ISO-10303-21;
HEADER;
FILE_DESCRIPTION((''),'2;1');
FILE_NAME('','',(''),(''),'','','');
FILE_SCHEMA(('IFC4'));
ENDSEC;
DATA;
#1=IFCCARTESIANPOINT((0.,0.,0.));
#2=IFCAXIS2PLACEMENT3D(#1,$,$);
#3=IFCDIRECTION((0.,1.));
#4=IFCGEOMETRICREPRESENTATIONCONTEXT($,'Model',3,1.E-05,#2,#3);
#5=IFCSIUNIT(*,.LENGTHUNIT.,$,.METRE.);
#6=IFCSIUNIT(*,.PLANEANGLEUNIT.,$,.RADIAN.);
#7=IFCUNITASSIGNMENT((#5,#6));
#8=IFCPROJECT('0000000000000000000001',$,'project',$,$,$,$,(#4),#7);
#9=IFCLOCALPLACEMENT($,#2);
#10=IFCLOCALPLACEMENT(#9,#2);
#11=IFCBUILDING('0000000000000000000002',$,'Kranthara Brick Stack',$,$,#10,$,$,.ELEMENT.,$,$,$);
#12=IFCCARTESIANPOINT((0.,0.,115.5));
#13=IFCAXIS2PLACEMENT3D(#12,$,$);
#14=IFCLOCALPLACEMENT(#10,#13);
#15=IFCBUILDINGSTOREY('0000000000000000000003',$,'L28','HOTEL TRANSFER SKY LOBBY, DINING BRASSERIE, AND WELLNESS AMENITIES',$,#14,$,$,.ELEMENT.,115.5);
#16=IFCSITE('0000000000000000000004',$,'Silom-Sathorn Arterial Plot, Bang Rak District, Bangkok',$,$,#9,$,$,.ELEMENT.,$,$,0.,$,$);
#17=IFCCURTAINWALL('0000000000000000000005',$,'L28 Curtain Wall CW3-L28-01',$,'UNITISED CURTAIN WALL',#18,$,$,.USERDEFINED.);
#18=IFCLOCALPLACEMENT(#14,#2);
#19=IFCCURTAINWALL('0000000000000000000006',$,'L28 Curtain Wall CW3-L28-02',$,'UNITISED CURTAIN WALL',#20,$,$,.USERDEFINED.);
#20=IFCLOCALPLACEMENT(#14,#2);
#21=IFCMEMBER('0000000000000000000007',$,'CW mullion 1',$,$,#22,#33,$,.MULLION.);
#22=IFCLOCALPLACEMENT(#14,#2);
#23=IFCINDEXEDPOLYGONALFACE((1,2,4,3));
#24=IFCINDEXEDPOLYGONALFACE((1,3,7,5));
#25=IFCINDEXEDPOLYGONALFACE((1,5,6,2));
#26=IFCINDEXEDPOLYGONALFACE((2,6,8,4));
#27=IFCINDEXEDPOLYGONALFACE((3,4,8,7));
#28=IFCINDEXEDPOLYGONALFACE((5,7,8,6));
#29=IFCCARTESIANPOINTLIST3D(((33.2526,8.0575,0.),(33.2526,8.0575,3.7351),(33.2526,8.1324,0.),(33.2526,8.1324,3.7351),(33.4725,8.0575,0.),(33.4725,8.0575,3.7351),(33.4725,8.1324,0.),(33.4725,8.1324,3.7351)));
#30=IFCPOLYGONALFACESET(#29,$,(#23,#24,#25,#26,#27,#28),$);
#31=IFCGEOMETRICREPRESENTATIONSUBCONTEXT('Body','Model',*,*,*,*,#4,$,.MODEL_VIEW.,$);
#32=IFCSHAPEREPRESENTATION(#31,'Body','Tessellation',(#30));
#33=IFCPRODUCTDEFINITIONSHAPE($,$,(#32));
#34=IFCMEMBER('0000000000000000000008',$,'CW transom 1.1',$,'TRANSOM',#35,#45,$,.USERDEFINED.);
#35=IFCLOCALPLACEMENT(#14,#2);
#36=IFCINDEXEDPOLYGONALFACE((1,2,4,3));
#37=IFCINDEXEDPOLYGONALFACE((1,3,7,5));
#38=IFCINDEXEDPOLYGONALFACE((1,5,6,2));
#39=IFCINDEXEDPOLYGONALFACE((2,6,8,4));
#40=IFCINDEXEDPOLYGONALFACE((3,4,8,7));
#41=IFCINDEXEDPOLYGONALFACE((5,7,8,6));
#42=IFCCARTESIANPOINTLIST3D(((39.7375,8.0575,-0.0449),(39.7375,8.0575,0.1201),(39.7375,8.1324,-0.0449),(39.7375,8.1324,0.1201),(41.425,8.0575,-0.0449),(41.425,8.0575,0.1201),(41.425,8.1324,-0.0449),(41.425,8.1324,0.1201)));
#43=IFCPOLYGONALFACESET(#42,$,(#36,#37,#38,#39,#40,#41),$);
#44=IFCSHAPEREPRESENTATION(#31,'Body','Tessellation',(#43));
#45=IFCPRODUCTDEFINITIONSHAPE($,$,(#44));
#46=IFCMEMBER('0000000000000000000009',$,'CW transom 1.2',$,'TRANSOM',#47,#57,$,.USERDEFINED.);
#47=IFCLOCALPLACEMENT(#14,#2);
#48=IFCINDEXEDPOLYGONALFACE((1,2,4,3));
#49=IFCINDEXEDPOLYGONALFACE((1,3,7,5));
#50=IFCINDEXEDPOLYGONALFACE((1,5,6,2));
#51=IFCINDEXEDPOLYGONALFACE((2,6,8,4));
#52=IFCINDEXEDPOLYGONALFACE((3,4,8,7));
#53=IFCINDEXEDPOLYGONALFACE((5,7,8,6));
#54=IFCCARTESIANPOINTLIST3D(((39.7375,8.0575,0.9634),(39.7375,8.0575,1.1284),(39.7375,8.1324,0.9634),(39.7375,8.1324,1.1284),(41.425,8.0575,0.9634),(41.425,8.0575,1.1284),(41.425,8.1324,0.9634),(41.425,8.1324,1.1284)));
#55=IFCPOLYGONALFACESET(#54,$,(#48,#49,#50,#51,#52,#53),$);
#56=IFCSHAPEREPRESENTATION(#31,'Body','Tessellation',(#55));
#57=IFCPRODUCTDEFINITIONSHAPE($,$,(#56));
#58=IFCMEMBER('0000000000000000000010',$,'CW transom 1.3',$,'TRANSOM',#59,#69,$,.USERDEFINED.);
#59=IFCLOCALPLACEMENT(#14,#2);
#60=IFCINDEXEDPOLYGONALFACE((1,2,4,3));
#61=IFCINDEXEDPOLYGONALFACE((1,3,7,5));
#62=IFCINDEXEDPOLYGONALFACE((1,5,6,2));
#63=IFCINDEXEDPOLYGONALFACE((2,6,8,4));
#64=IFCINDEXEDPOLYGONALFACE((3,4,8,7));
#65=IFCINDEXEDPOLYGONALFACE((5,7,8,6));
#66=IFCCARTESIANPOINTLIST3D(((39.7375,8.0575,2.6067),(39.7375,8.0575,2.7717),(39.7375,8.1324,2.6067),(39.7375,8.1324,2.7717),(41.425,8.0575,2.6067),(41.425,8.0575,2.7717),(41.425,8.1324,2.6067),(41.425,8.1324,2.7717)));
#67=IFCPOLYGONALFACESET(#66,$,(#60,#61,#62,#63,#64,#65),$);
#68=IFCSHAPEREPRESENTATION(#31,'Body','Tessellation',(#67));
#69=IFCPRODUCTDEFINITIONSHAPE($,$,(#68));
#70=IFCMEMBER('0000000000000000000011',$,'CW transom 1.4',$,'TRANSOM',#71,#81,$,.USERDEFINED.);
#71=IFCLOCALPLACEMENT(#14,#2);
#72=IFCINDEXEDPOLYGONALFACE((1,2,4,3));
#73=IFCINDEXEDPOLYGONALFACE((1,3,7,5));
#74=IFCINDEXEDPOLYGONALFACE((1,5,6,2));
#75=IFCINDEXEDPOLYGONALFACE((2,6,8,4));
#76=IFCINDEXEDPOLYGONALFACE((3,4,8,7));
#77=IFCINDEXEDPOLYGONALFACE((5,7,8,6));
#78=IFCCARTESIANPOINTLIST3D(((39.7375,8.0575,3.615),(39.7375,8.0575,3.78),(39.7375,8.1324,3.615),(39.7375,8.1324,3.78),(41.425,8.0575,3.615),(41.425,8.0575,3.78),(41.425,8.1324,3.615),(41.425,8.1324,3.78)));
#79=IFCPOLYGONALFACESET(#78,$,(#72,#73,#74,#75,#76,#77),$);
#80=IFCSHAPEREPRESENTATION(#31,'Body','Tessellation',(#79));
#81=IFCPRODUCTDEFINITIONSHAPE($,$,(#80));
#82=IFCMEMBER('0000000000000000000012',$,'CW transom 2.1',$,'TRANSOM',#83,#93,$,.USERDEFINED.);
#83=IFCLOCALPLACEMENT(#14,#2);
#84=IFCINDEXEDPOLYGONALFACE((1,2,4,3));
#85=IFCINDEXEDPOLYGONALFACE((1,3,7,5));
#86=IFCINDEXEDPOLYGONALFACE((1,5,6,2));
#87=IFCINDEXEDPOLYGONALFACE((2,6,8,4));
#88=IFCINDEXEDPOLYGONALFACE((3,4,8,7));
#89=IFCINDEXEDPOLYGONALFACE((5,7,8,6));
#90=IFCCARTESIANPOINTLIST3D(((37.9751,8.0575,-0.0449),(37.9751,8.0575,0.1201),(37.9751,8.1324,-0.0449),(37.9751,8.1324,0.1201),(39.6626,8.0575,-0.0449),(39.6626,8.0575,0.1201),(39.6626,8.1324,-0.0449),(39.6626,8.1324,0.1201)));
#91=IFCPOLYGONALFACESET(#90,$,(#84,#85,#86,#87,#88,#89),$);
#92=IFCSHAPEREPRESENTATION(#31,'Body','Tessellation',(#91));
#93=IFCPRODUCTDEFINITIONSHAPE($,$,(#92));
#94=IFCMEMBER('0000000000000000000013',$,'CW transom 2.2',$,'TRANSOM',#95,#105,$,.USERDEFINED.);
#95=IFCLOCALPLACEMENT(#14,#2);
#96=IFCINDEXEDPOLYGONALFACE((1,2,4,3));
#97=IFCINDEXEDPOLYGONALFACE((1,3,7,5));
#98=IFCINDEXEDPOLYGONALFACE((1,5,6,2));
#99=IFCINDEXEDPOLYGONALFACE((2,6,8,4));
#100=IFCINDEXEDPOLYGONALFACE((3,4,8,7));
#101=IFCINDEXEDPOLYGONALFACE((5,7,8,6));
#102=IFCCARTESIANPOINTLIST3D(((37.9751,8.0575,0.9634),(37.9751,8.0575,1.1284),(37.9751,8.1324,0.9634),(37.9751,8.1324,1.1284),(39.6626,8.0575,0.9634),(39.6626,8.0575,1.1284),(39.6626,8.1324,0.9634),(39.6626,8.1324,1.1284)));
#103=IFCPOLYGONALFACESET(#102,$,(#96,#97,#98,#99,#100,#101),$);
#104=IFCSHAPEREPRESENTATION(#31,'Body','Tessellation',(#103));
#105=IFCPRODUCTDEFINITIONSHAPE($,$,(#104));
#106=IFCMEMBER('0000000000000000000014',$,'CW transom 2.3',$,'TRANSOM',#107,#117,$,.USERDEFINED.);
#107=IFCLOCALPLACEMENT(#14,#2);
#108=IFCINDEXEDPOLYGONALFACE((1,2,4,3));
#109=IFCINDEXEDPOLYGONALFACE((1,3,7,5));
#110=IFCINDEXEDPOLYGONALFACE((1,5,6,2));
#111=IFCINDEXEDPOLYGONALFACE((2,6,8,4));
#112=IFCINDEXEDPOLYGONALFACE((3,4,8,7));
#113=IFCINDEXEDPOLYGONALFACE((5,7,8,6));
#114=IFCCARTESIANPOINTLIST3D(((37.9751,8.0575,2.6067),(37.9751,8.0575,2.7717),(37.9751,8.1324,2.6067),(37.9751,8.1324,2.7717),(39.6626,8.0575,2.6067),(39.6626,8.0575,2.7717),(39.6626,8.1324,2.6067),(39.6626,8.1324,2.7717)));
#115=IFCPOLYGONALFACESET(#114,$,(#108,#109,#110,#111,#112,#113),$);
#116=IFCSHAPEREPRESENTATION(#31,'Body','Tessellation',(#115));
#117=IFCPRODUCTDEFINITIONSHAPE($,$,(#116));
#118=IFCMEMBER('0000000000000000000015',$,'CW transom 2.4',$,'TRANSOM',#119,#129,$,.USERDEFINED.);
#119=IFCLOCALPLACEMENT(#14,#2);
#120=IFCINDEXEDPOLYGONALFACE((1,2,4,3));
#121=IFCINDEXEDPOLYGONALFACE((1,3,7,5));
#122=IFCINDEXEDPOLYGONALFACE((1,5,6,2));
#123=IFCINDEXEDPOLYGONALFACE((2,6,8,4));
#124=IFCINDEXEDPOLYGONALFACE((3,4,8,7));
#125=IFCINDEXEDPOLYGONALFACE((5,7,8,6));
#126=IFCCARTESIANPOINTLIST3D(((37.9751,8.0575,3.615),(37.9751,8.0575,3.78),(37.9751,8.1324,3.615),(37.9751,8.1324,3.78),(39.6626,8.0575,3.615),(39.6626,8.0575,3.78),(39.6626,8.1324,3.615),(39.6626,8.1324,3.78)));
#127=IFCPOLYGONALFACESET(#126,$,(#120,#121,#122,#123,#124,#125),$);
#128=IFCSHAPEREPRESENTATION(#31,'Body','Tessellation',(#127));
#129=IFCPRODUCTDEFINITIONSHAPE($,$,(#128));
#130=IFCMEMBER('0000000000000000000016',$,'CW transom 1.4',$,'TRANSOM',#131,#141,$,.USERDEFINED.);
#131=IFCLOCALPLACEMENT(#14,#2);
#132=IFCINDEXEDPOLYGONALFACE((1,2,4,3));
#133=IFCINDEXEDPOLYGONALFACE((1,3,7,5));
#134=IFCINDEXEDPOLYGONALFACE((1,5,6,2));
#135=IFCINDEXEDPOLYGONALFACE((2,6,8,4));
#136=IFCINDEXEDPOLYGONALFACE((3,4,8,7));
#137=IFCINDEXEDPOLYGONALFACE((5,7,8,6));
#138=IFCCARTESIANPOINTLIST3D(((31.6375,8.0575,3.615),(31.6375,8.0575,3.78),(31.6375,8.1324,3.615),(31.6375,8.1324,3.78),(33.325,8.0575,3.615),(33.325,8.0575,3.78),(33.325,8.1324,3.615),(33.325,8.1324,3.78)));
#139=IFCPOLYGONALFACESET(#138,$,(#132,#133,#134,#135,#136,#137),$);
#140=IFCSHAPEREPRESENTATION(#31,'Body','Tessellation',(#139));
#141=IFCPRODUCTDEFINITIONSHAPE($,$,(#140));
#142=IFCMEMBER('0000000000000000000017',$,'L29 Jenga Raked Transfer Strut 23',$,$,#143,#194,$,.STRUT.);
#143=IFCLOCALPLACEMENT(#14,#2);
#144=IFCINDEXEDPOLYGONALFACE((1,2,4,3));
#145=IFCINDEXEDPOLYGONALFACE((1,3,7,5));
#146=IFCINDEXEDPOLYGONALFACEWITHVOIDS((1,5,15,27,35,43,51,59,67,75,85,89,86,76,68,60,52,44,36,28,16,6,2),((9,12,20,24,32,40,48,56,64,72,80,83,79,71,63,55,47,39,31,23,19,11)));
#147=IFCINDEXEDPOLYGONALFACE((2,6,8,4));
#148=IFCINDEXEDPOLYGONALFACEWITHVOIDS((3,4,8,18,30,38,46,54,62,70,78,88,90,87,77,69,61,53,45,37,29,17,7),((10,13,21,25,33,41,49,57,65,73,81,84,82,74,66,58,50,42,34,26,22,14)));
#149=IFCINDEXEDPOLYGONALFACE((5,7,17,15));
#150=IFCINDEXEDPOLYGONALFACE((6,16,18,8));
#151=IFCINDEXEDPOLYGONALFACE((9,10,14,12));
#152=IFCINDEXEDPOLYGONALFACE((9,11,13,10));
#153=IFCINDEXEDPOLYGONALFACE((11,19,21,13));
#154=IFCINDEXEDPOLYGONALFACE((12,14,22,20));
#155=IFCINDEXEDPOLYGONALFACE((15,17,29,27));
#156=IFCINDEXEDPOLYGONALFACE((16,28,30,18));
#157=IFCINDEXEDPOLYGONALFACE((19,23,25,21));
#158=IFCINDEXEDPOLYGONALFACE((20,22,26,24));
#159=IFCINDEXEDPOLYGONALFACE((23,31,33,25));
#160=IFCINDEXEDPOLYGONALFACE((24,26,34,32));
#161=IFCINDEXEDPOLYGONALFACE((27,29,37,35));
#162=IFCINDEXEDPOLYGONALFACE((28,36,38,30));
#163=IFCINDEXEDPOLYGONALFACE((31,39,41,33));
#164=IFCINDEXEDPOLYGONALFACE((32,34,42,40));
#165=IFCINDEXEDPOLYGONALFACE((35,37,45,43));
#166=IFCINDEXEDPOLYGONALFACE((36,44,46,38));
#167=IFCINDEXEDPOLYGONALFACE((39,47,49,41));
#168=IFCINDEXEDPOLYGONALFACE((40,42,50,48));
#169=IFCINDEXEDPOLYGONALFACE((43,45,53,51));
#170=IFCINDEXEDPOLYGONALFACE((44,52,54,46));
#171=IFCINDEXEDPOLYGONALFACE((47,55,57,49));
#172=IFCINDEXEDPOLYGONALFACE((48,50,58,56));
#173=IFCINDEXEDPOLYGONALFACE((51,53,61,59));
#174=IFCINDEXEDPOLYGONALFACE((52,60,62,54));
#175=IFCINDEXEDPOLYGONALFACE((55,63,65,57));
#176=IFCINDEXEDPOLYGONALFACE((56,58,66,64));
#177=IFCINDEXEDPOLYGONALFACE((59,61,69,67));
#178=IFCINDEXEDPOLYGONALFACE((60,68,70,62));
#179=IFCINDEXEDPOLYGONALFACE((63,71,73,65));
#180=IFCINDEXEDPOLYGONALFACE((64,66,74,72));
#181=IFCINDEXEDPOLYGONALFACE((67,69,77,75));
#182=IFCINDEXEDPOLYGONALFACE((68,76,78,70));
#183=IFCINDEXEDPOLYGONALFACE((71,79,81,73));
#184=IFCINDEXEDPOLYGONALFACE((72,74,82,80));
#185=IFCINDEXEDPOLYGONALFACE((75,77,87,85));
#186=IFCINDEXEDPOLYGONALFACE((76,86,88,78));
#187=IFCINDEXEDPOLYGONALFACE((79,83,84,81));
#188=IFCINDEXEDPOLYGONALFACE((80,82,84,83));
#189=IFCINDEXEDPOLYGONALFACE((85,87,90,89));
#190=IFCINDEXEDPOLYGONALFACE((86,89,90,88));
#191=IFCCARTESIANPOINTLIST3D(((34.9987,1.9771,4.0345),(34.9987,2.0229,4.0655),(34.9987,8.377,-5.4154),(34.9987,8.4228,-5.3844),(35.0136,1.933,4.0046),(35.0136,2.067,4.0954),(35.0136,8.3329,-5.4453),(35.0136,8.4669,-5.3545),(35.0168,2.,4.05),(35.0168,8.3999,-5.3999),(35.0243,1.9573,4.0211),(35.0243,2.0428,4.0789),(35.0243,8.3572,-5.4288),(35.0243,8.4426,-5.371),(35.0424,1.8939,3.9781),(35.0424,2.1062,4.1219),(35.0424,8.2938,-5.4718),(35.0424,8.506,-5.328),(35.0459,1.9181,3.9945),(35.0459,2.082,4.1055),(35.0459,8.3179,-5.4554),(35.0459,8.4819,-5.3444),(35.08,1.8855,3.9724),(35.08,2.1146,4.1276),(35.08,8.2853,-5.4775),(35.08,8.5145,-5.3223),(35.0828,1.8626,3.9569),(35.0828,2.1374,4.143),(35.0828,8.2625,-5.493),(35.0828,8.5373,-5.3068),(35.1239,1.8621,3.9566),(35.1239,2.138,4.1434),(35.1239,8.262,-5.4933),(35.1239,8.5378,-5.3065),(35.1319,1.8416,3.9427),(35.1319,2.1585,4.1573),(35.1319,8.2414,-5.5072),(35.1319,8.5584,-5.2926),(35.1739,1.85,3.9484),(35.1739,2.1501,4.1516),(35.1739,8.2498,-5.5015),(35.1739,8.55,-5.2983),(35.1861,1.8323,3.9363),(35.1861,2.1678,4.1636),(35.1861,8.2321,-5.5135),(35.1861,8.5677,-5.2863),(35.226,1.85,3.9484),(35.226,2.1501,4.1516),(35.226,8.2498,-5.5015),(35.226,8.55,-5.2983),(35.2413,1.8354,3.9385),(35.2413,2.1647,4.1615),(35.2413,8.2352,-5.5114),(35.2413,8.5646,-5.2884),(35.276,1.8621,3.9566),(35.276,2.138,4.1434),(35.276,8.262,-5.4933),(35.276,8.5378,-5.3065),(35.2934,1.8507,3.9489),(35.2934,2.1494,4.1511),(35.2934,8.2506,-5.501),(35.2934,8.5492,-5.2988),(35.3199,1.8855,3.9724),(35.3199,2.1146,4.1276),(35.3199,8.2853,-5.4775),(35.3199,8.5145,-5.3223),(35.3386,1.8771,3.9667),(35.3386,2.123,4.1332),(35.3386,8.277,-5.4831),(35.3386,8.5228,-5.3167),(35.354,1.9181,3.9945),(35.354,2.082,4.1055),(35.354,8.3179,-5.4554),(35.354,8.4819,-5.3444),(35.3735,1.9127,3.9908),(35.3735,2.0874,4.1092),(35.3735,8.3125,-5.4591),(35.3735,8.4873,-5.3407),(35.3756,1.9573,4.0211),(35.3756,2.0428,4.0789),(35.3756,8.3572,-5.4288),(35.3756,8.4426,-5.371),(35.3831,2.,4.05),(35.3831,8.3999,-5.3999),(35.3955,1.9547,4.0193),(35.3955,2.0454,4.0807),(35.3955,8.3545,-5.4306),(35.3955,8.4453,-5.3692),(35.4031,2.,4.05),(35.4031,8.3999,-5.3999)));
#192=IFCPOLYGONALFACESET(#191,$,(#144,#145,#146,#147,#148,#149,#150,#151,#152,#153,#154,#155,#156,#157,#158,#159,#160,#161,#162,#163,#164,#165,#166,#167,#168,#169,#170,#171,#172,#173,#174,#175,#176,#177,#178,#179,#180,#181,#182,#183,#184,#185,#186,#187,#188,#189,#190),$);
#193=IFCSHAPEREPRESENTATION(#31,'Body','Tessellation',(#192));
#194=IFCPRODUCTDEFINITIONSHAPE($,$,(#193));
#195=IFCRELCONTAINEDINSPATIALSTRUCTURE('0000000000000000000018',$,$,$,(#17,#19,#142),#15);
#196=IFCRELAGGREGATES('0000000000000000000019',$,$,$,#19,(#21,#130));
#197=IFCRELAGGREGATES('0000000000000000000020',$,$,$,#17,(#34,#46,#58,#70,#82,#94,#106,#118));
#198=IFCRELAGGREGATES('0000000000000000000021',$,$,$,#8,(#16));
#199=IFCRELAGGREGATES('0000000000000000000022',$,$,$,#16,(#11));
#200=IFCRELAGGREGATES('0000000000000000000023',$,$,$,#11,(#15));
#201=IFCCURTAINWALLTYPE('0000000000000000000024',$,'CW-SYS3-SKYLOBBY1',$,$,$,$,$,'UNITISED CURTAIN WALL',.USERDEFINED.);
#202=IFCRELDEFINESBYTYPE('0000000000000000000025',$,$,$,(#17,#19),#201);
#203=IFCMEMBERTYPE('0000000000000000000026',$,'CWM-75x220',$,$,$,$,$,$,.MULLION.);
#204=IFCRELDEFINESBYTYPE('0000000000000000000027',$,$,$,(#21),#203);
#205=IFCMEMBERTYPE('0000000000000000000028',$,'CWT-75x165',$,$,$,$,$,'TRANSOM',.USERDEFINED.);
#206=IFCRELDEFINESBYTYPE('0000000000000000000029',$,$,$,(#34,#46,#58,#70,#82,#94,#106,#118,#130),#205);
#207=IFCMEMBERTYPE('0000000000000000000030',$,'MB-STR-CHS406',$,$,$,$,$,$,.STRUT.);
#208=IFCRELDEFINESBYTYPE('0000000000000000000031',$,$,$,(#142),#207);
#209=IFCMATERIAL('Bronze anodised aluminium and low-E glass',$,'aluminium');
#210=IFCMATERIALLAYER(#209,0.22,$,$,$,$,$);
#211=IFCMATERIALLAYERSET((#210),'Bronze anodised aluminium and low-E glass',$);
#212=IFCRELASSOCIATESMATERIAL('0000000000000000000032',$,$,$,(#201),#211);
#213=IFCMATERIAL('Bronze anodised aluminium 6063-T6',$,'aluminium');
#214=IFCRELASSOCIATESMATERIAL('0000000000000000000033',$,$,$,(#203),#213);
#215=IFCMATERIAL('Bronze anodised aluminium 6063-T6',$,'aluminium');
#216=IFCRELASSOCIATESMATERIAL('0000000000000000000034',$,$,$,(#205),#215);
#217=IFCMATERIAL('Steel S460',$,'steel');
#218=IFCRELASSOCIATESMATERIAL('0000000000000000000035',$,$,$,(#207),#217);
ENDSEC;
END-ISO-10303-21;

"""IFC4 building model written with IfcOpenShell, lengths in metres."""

from ifc_helpers import new_model, si_unit, direction, frame, origin, origin_2d, place, context, subcontext, project, spatial, rectangle, hollow_circle, extrude, material, layer, layer_set, material_profile, profile_set, type_object, element, aggregate, save


model = new_model("IFC4")

# Units and contexts
model_context = context("Model", 3, precision=1e-05, world=origin(), true_north=direction((0.0, 1.0)))
body_context = subcontext(model_context, "Body", "Model", "MODEL_VIEW")
ifc_project = project(units=[si_unit("LENGTHUNIT", "METRE"), si_unit("PLANEANGLEUNIT", "RADIAN")], contexts=[model_context])

# Site, building, storey
site_placement = place(None, origin())
site = spatial("IfcSite", under=ifc_project, at=site_placement, Name="Silom-Sathorn Arterial Plot, Bang Rak District, Bangkok", CompositionType="ELEMENT", RefElevation=0.0)
building_placement = place(site_placement, origin())
building = spatial("IfcBuilding", under=site, at=building_placement, Name="Kranthara Brick Stack", CompositionType="ELEMENT")
storey_placement = place(building_placement, frame((0.0, 0.0, 115.5)))
storey = spatial("IfcBuildingStorey", under=building, at=storey_placement, Name="L28", Description="HOTEL TRANSFER SKY LOBBY, DINING BRASSERIE, AND WELLNESS AMENITIES", CompositionType="ELEMENT", Elevation=115.5)

# Curtain wall
ifc_material_1 = material(Name="Bronze anodised aluminium and low-E glass", Category="aluminium")
ifc_layer_1 = layer(ifc_material_1, 0.22)
ifc_layer_set_1 = layer_set([ifc_layer_1], Name="Bronze anodised aluminium and low-E glass")
curtain_wall_type = type_object("IfcCurtainWallType", Name="CW-SYS3-SKYLOBBY1", ElementType="UNITISED CURTAIN WALL", PredefinedType="USERDEFINED", material=ifc_layer_set_1)
curtain_wall_1_placement = place(storey_placement, origin())
curtain_wall_1 = element("IfcCurtainWall", 1, at=curtain_wall_1_placement, inside=storey, type_object=curtain_wall_type, Name="L28 Curtain Wall CW3-L28-01", ObjectType="UNITISED CURTAIN WALL", PredefinedType="USERDEFINED")
ifc_material_2 = material(Name="Bronze anodised aluminium 6063-T6", Category="aluminium")
ifc_material_profile_1 = material_profile(ifc_material_2, rectangle(XDim=0.075, YDim=0.22, at=origin_2d()), Name="ALU MULLION 75x220")
ifc_profile_set_1 = profile_set([ifc_material_profile_1], Name="Bronze anodised aluminium 6063-T6")
member_type_1 = type_object("IfcMemberType", Name="CWM-75x220", PredefinedType="MULLION", material=ifc_profile_set_1)

# Curtain wall, member
curtain_wall_2_placement = place(storey_placement, origin())
curtain_wall_2 = element("IfcCurtainWall", 2, at=curtain_wall_2_placement, inside=storey, type_object=curtain_wall_type, Name="L28 Curtain Wall CW3-L28-02", ObjectType="UNITISED CURTAIN WALL", PredefinedType="USERDEFINED")
member_1_placement = place(storey_placement, frame((33.3625, 8.095, 0.0), z_axis=(0.0, 0.0, 1.0), x_axis=(0.0, -1.0, 0.0)))
member_1 = element("IfcMember", 3, at=member_1_placement, type_object=member_type_1, Name="CW mullion 1", PredefinedType="MULLION", context=body_context, shape_type="SweptSolid", body=[
    extrude(rectangle(XDim=0.075, YDim=0.22, at=origin_2d()), origin(), (0.0, 0.0, 1.0), 3.7351),
])

# Members
ifc_material_3 = material(Name="Bronze anodised aluminium 6063-T6", Category="aluminium")
ifc_material_profile_2 = material_profile(ifc_material_3, rectangle(XDim=0.075, YDim=0.165, at=origin_2d()), Name="ALU TRANSOM 75x165")
ifc_profile_set_2 = profile_set([ifc_material_profile_2], Name="Bronze anodised aluminium 6063-T6")
member_type_2 = type_object("IfcMemberType", Name="CWT-75x165", ElementType="TRANSOM", PredefinedType="USERDEFINED", material=ifc_profile_set_2)
member_2_placement = place(storey_placement, frame((41.425, 8.095, 0.0376), z_axis=(-1.0, 0.0, 0.0), x_axis=(0.0, -1.0, 0.0)))
member_2 = element("IfcMember", 4, at=member_2_placement, type_object=member_type_2, Name="CW transom 1.1", ObjectType="TRANSOM", PredefinedType="USERDEFINED", context=body_context, shape_type="SweptSolid", body=[
    extrude(rectangle(XDim=0.075, YDim=0.165, at=origin_2d()), origin(), (0.0, 0.0, 1.0), 1.6875),
])
member_3_placement = place(storey_placement, frame((41.425, 8.095, 1.0459), z_axis=(-1.0, 0.0, 0.0), x_axis=(0.0, -1.0, 0.0)))
member_3 = element("IfcMember", 5, at=member_3_placement, type_object=member_type_2, Name="CW transom 1.2", ObjectType="TRANSOM", PredefinedType="USERDEFINED", context=body_context, shape_type="SweptSolid", body=[
    extrude(rectangle(XDim=0.075, YDim=0.165, at=origin_2d()), origin(), (0.0, 0.0, 1.0), 1.6875),
])
member_4_placement = place(storey_placement, frame((41.425, 8.095, 2.6892), z_axis=(-1.0, 0.0, 0.0), x_axis=(0.0, -1.0, 0.0)))
member_4 = element("IfcMember", 6, at=member_4_placement, type_object=member_type_2, Name="CW transom 1.3", ObjectType="TRANSOM", PredefinedType="USERDEFINED", context=body_context, shape_type="SweptSolid", body=[
    extrude(rectangle(XDim=0.075, YDim=0.165, at=origin_2d()), origin(), (0.0, 0.0, 1.0), 1.6875),
])
member_5_placement = place(storey_placement, frame((41.425, 8.095, 3.6975), z_axis=(-1.0, 0.0, 0.0), x_axis=(0.0, -1.0, 0.0)))
member_5 = element("IfcMember", 7, at=member_5_placement, type_object=member_type_2, Name="CW transom 1.4", ObjectType="TRANSOM", PredefinedType="USERDEFINED", context=body_context, shape_type="SweptSolid", body=[
    extrude(rectangle(XDim=0.075, YDim=0.165, at=origin_2d()), origin(), (0.0, 0.0, 1.0), 1.6875),
])
member_6_placement = place(storey_placement, frame((39.6626, 8.095, 0.0376), z_axis=(-1.0, 0.0, 0.0), x_axis=(0.0, -1.0, 0.0)))
member_6 = element("IfcMember", 8, at=member_6_placement, type_object=member_type_2, Name="CW transom 2.1", ObjectType="TRANSOM", PredefinedType="USERDEFINED", context=body_context, shape_type="SweptSolid", body=[
    extrude(rectangle(XDim=0.075, YDim=0.165, at=origin_2d()), origin(), (0.0, 0.0, 1.0), 1.6875),
])
member_7_placement = place(storey_placement, frame((39.6626, 8.095, 1.0459), z_axis=(-1.0, 0.0, 0.0), x_axis=(0.0, -1.0, 0.0)))
member_7 = element("IfcMember", 9, at=member_7_placement, type_object=member_type_2, Name="CW transom 2.2", ObjectType="TRANSOM", PredefinedType="USERDEFINED", context=body_context, shape_type="SweptSolid", body=[
    extrude(rectangle(XDim=0.075, YDim=0.165, at=origin_2d()), origin(), (0.0, 0.0, 1.0), 1.6875),
])
member_8_placement = place(storey_placement, frame((39.6626, 8.095, 2.6892), z_axis=(-1.0, 0.0, 0.0), x_axis=(0.0, -1.0, 0.0)))
member_8 = element("IfcMember", 10, at=member_8_placement, type_object=member_type_2, Name="CW transom 2.3", ObjectType="TRANSOM", PredefinedType="USERDEFINED", context=body_context, shape_type="SweptSolid", body=[
    extrude(rectangle(XDim=0.075, YDim=0.165, at=origin_2d()), origin(), (0.0, 0.0, 1.0), 1.6875),
])
member_9_placement = place(storey_placement, frame((39.6626, 8.095, 3.6975), z_axis=(-1.0, 0.0, 0.0), x_axis=(0.0, -1.0, 0.0)))
member_9 = element("IfcMember", 11, at=member_9_placement, type_object=member_type_2, Name="CW transom 2.4", ObjectType="TRANSOM", PredefinedType="USERDEFINED", context=body_context, shape_type="SweptSolid", body=[
    extrude(rectangle(XDim=0.075, YDim=0.165, at=origin_2d()), origin(), (0.0, 0.0, 1.0), 1.6875),
])
member_10_placement = place(storey_placement, frame((33.325, 8.095, 3.6975), z_axis=(-1.0, 0.0, 0.0), x_axis=(0.0, -1.0, 0.0)))
member_10 = element("IfcMember", 12, at=member_10_placement, type_object=member_type_2, Name="CW transom 1.4", ObjectType="TRANSOM", PredefinedType="USERDEFINED", context=body_context, shape_type="SweptSolid", body=[
    extrude(rectangle(XDim=0.075, YDim=0.165, at=origin_2d()), origin(), (0.0, 0.0, 1.0), 1.6875),
])
aggregate(curtain_wall_2, [member_1, member_10])

# Member
ifc_material_4 = material(Name="Steel S460", Category="steel")
ifc_material_profile_3 = material_profile(ifc_material_4, hollow_circle(Radius=0.2031, WallThickness=0.02, at=origin_2d()), Name="CHS 406.4x20")
ifc_profile_set_3 = profile_set([ifc_material_profile_3], Name="Steel S460")
member_type_3 = type_object("IfcMemberType", Name="MB-STR-CHS406", PredefinedType="STRUT", material=ifc_profile_set_3)
for number, where, z_axis, x_axis, name in (
    (13, (35.2, 8.3999, -5.3999), (0.0, -0.560747, 0.827987), (1.0, 0.0, 0.0), "L29 Jenga Raked Transfer Strut 23"),
):
    element("IfcMember", number, at=place(storey_placement, frame(where, z_axis=z_axis, x_axis=x_axis)), inside=storey, type_object=member_type_3, Name=name, PredefinedType="STRUT", context=body_context, shape_type="SweptSolid", body=[
        extrude(hollow_circle(Radius=0.2031, WallThickness=0.02, at=origin_2d()), origin(), (0.0, 0.0, 1.0), 11.4131),
    ])

aggregate(curtain_wall_1, [member_2, member_3, member_4, member_5, member_6, member_7, member_8, member_9])

save(model, "model.ifc")
